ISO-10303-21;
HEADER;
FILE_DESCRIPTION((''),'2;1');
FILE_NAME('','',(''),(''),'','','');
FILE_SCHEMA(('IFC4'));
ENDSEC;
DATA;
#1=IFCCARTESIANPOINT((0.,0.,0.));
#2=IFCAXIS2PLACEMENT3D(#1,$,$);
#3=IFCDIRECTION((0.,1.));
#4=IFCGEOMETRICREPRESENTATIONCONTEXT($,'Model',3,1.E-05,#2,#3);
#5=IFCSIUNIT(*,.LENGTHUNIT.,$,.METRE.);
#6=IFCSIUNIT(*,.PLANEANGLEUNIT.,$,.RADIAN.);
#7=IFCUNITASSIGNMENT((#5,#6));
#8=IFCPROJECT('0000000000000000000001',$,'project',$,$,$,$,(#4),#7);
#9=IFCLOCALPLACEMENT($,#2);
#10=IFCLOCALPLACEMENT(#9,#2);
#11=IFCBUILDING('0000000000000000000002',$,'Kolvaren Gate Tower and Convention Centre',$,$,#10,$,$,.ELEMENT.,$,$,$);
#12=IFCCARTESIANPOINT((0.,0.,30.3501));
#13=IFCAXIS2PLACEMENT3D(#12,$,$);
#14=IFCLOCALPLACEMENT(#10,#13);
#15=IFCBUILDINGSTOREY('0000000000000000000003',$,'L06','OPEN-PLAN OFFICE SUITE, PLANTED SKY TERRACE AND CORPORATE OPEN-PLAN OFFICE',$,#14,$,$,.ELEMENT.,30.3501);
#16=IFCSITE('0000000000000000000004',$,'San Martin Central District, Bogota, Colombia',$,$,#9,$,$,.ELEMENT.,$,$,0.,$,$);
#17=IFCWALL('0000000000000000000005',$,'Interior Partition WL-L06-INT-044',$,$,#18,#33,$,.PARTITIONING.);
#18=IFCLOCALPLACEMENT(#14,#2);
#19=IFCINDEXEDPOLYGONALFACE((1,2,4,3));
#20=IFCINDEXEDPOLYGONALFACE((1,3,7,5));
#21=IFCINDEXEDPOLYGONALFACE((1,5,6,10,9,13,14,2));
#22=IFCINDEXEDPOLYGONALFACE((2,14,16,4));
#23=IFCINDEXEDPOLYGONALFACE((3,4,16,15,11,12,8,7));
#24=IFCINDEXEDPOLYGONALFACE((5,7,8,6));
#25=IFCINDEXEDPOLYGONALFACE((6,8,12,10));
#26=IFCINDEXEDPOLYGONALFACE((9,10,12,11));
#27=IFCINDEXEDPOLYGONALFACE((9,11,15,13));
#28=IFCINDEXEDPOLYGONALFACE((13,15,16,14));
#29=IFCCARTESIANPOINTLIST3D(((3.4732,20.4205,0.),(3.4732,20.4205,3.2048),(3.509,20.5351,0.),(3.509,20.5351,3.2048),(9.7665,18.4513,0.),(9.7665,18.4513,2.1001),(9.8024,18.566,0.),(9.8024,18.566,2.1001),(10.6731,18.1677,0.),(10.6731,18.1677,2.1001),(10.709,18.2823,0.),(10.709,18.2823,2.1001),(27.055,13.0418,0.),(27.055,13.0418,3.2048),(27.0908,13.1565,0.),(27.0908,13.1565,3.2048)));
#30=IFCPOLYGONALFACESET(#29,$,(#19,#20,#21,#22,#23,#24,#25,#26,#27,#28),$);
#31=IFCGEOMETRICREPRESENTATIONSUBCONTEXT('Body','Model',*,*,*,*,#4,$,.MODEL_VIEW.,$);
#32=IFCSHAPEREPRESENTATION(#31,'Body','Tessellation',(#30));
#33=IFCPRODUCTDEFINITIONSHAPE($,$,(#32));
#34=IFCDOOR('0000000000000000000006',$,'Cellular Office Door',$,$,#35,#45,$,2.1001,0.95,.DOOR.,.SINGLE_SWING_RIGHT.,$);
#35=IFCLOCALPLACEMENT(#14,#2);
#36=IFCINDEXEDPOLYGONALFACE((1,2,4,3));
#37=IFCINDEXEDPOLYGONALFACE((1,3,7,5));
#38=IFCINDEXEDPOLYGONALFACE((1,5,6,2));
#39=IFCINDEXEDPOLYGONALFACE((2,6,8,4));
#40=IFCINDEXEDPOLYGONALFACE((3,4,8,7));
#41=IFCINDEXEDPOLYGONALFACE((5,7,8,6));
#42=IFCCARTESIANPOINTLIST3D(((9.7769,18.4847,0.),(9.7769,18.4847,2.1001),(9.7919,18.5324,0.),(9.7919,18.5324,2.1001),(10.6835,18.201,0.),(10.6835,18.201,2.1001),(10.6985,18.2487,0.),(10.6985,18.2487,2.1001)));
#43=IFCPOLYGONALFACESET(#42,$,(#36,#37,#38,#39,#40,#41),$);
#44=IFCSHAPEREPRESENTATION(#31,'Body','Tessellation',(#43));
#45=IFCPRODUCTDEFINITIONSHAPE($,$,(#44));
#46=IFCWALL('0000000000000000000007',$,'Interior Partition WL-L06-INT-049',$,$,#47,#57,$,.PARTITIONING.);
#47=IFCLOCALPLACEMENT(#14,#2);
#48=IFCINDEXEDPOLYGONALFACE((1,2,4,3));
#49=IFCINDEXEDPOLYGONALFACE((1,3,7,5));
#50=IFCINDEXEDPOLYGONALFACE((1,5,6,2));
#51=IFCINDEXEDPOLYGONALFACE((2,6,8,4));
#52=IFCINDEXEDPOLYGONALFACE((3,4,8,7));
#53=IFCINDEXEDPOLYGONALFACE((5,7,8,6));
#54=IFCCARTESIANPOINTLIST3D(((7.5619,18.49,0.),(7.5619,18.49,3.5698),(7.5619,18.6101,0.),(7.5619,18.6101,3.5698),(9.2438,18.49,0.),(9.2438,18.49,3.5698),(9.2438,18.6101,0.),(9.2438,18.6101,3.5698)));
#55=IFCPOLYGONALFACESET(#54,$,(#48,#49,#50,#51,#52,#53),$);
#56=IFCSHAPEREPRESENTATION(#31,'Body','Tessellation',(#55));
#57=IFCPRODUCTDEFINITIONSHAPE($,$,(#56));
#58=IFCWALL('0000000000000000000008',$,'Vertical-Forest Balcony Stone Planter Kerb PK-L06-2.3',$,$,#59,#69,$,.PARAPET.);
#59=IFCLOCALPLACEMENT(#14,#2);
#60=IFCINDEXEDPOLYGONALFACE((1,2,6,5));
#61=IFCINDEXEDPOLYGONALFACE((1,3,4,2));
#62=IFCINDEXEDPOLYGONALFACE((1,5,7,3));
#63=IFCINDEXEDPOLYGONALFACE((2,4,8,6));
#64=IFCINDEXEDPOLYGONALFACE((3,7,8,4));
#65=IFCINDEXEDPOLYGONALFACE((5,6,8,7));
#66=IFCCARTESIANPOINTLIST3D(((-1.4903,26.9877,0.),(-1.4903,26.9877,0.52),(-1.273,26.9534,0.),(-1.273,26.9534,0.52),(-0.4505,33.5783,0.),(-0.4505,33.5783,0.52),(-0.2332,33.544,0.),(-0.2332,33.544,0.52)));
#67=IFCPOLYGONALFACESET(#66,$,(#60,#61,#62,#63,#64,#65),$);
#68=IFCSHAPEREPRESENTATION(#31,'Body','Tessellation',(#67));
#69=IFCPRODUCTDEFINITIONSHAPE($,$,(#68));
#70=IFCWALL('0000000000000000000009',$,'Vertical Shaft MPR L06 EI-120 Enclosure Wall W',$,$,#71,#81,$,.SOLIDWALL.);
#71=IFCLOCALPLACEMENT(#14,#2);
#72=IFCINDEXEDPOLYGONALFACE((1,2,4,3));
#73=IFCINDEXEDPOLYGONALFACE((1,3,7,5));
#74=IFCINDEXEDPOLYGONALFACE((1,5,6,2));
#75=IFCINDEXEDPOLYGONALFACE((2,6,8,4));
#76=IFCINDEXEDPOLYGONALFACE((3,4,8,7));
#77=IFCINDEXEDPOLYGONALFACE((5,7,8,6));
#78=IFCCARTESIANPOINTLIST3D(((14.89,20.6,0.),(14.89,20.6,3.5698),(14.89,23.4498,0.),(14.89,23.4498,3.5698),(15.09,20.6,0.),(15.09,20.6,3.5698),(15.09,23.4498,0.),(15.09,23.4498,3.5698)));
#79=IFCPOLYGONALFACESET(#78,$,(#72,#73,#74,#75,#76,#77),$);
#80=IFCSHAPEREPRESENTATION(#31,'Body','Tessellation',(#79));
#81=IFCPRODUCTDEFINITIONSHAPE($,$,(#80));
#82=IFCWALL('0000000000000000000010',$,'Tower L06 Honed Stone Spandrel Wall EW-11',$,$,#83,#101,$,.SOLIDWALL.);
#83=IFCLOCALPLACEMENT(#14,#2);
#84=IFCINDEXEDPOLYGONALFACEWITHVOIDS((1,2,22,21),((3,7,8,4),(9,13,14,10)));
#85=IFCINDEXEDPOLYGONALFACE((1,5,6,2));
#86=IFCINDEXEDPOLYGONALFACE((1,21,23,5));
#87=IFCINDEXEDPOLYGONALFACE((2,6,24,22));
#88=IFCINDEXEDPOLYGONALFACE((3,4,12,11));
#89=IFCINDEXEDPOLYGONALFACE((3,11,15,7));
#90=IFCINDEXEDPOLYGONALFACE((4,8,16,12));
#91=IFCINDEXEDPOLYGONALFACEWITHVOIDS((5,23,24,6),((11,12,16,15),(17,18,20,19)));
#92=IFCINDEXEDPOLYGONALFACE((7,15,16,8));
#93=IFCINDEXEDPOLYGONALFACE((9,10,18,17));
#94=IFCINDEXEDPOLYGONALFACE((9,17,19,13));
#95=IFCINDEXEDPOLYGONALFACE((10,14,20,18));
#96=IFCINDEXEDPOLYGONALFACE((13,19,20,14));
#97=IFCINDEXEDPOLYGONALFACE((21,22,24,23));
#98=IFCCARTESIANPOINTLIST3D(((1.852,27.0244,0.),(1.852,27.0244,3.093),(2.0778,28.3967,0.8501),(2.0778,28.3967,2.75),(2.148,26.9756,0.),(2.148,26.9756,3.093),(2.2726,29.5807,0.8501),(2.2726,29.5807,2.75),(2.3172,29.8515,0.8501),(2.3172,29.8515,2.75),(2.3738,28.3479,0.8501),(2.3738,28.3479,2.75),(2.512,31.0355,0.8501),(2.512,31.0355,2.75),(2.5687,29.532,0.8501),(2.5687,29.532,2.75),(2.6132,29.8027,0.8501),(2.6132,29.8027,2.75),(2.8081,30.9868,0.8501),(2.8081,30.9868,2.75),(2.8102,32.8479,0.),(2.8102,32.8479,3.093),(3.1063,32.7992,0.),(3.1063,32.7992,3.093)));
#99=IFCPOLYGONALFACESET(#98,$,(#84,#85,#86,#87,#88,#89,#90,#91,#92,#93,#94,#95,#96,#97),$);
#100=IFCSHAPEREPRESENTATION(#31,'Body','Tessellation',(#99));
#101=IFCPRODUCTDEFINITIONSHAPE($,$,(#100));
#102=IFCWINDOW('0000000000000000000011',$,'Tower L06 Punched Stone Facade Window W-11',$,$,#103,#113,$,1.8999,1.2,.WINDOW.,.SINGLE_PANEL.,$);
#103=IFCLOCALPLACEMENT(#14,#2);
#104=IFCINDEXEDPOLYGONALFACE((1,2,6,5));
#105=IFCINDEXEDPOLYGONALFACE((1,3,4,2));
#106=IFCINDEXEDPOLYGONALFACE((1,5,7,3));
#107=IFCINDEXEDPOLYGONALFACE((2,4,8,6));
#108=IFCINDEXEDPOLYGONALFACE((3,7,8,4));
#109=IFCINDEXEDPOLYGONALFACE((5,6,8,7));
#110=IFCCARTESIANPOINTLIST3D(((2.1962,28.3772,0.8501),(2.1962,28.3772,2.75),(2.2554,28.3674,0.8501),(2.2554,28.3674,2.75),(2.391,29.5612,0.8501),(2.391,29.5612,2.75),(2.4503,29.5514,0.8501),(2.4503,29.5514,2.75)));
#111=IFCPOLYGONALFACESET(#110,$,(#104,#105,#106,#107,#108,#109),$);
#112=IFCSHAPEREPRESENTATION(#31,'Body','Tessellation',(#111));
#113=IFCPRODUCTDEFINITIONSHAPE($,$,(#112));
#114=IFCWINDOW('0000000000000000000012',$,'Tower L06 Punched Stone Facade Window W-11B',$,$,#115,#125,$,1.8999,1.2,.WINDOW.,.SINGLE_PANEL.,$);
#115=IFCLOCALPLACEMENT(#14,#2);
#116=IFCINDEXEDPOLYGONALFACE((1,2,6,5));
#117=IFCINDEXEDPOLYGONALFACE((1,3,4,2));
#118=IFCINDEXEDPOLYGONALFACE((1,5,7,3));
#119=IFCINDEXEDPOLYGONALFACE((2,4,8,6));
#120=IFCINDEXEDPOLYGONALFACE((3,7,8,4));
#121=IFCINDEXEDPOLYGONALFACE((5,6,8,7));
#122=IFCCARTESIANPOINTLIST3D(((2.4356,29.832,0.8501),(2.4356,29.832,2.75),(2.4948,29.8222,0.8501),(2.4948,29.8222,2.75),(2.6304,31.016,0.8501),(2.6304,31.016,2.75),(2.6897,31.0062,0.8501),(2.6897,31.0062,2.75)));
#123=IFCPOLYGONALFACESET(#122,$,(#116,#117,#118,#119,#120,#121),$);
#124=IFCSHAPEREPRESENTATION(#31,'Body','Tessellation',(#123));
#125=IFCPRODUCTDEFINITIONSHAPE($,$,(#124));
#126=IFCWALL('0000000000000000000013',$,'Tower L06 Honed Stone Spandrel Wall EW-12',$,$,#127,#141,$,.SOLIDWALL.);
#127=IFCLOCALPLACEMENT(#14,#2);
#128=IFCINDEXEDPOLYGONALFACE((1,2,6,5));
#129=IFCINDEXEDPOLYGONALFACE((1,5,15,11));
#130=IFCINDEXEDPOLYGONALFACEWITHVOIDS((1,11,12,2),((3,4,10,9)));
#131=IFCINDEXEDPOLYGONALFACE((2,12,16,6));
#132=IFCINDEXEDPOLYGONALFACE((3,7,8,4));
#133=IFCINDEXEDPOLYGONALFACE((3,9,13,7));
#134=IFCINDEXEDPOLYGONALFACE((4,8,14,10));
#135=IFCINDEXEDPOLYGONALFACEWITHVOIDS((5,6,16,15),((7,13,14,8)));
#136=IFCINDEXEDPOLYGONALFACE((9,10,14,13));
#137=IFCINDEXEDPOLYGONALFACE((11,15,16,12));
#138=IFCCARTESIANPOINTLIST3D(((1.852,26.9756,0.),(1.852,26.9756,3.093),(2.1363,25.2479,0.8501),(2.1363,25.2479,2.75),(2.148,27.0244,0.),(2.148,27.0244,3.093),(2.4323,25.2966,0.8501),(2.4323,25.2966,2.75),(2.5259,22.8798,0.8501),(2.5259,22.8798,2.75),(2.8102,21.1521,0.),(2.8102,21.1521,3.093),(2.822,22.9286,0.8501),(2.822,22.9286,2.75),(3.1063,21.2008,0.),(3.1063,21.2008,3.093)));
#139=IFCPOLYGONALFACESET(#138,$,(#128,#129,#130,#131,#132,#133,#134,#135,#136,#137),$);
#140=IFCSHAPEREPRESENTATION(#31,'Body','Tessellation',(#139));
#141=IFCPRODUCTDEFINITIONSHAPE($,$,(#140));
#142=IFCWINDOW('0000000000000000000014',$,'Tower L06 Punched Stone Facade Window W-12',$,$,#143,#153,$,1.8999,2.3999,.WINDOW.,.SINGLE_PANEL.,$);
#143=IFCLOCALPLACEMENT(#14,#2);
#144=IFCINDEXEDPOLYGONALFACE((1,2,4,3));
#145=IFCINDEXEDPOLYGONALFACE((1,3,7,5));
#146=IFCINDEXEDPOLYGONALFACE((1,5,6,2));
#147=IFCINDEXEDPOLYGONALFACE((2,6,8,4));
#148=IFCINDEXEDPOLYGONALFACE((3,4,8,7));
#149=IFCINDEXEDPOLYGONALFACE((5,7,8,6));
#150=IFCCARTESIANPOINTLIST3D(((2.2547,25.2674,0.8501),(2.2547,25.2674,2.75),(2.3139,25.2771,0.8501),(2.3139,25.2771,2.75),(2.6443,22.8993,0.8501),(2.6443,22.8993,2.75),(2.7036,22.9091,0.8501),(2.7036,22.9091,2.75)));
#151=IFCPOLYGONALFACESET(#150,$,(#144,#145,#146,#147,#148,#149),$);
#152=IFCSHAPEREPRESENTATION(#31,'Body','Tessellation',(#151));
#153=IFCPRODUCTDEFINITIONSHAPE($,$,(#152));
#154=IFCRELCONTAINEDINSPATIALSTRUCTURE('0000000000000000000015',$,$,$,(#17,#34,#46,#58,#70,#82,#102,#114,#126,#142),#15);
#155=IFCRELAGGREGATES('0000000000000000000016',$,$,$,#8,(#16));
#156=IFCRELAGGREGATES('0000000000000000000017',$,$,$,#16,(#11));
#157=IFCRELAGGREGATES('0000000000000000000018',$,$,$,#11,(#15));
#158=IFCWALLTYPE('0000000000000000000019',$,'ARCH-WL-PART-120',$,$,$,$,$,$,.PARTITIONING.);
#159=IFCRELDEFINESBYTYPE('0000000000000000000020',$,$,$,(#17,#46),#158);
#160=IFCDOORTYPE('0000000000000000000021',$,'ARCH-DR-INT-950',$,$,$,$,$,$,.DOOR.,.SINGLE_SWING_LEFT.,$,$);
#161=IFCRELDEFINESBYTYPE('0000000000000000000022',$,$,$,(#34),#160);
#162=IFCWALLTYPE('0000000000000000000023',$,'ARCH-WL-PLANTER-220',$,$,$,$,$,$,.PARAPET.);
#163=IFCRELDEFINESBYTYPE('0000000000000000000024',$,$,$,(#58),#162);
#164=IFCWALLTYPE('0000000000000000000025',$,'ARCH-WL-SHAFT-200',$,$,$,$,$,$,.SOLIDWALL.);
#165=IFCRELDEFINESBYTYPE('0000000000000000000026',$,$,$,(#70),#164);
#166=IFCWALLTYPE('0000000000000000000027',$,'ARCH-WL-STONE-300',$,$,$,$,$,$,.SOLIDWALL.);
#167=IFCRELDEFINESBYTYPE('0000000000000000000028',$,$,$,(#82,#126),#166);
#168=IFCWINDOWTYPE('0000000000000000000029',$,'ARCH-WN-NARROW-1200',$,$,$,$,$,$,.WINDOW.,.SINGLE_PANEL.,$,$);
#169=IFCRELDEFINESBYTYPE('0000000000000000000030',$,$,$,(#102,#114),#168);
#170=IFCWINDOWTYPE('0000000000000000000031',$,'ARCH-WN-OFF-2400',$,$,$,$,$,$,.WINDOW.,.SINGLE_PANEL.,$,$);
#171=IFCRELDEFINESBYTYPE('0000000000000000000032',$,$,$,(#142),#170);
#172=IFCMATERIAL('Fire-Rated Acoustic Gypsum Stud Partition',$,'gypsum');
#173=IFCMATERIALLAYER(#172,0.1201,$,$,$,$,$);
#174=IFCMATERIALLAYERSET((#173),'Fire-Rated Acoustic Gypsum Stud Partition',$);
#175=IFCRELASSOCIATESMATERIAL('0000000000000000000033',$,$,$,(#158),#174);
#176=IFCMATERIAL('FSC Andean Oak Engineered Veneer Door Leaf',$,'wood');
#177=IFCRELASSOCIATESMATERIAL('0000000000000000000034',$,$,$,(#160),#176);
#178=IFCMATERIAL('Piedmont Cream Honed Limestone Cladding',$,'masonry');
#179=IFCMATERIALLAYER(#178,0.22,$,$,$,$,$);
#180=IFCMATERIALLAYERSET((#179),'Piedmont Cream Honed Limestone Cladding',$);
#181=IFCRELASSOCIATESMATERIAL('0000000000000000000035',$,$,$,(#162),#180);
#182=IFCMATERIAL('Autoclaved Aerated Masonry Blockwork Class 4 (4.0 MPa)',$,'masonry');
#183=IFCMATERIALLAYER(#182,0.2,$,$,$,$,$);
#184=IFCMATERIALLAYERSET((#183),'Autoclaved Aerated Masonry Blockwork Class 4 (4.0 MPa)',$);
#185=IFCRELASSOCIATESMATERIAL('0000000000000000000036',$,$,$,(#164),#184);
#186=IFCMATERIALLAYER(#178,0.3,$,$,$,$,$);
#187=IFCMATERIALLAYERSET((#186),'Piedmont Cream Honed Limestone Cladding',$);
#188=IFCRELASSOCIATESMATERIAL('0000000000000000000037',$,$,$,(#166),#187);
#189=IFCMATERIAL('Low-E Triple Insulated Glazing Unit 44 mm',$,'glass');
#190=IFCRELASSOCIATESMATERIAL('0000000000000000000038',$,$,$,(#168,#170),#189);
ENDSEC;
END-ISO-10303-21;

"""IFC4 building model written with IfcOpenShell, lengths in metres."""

from ifc_helpers import new_model, si_unit, direction, frame, frame_2d, origin, place, context, subcontext, project, spatial, rectangle, extrude, material, layer, layer_set, type_object, element, fill, save


model = new_model("IFC4")

# Units and contexts
model_context = context("Model", 3, precision=1e-05, world=origin(), true_north=direction((0.0, 1.0)))
body_context = subcontext(model_context, "Body", "Model", "MODEL_VIEW")
ifc_project = project(units=[si_unit("LENGTHUNIT", "METRE"), si_unit("PLANEANGLEUNIT", "RADIAN")], contexts=[model_context])

# Site, building, storey
site_placement = place(None, origin())
site = spatial("IfcSite", under=ifc_project, at=site_placement, Name="San Martin Central District, Bogota, Colombia", CompositionType="ELEMENT", RefElevation=0.0)
building_placement = place(site_placement, origin())
building = spatial("IfcBuilding", under=site, at=building_placement, Name="Kolvaren Gate Tower and Convention Centre", CompositionType="ELEMENT")
storey_placement = place(building_placement, frame((0.0, 0.0, 30.3501)))
storey = spatial("IfcBuildingStorey", under=building, at=storey_placement, Name="L06", Description="OPEN-PLAN OFFICE SUITE, PLANTED SKY TERRACE AND CORPORATE OPEN-PLAN OFFICE", CompositionType="ELEMENT", Elevation=30.3501)

# Shared definitions
ifc_material_1 = material(Name="Autoclaved Aerated Masonry Blockwork Class 4 (4.0 MPa)", Category="masonry")

# Wall, opening, door
ifc_material_2 = material(Name="Fire-Rated Acoustic Gypsum Stud Partition", Category="gypsum")
ifc_layer_1 = layer(ifc_material_2, 0.1201)
ifc_layer_set_1 = layer_set([ifc_layer_1], Name="Fire-Rated Acoustic Gypsum Stud Partition")
wall_type_1 = type_object("IfcWallType", Name="ARCH-WL-PART-120", PredefinedType="PARTITIONING", material=ifc_layer_set_1)
wall_1_placement = place(storey_placement, frame((3.4912, 20.4778, 0.0), z_axis=(0.0, 0.0, 1.0), x_axis=(0.954372, -0.29862, 0.0)))
wall_1 = element("IfcWall", 1, at=wall_1_placement, inside=storey, type_object=wall_type_1, Name="Interior Partition WL-L06-INT-044", PredefinedType="PARTITIONING", context=body_context, shape_type="SweptSolid", body=[
    extrude(rectangle(XDim=24.7092, YDim=0.1201, at=frame_2d((12.3545, 0.0))), origin(), (0.0, 0.0, 1.0), 3.2048),
])
opening_1_placement = place(wall_1_placement, frame((6.594, 0.0, 0.0)))
opening_1 = element("IfcOpeningElement", 2, at=opening_1_placement, cuts=wall_1, PredefinedType="OPENING", context=body_context, shape_type="SweptSolid", body=[
    extrude(rectangle(XDim=0.95, YDim=2.1001, at=frame_2d((0.4751, 1.05))), frame((0.0, 0.0701, 0.0), z_axis=(0.0, -1.0, 0.0), x_axis=(1.0, 0.0, 0.0)), (0.0, 0.0, 1.0), 0.1401),
])
ifc_material_3 = material(Name="FSC Andean Oak Engineered Veneer Door Leaf", Category="wood")
door_type_1 = type_object("IfcDoorType", Name="ARCH-DR-INT-950", OperationType="SINGLE_SWING_LEFT", PredefinedType="DOOR", material=ifc_material_3)
door_1_placement = place(opening_1_placement, origin())
door_1 = element("IfcDoor", 3, at=door_1_placement, inside=storey, type_object=door_type_1, Name="Cellular Office Door", OperationType="SINGLE_SWING_RIGHT", OverallHeight=2.1001, OverallWidth=0.95, PredefinedType="DOOR", context=body_context, shape_type="SweptSolid", body=[
    extrude(rectangle(XDim=0.95, YDim=2.1001, at=frame_2d((0.4751, 1.05))), frame((0.0, 0.0249, 0.0), z_axis=(0.0, -1.0, 0.0), x_axis=(1.0, 0.0, 0.0)), (0.0, 0.0, 1.0), 0.05),
])
fill(opening_1, door_1)

# Walls
wall_2_placement = place(storey_placement, frame((7.562, 18.55, 0.0), z_axis=(0.0, 0.0, 1.0), x_axis=(1.0, 0.0, 0.0)))
element("IfcWall", 4, at=wall_2_placement, inside=storey, type_object=wall_type_1, Name="Interior Partition WL-L06-INT-049", PredefinedType="PARTITIONING", context=body_context, shape_type="SweptSolid", body=[
    extrude(rectangle(XDim=1.6819, YDim=0.1201, at=frame_2d((0.8408, 0.0))), origin(), (0.0, 0.0, 1.0), 3.5698),
])
ifc_material_4 = material(Name="Piedmont Cream Honed Limestone Cladding", Category="masonry")
ifc_layer_2 = layer(ifc_material_4, 0.22)
ifc_layer_set_2 = layer_set([ifc_layer_2], Name="Piedmont Cream Honed Limestone Cladding")
wall_type_2 = type_object("IfcWallType", Name="ARCH-WL-PLANTER-220", PredefinedType="PARAPET", material=ifc_layer_set_2)
wall_3_placement = place(storey_placement, frame((-1.3816, 26.9707, 0.0), z_axis=(0.0, 0.0, 1.0), x_axis=(0.155842, 0.987782, 0.0)))
element("IfcWall", 5, at=wall_3_placement, inside=storey, type_object=wall_type_2, Name="Vertical-Forest Balcony Stone Planter Kerb PK-L06-2.3", PredefinedType="PARAPET", context=body_context, shape_type="SweptSolid", body=[
    extrude(rectangle(XDim=6.6721, YDim=0.22, at=frame_2d((3.3359, 0.0))), origin(), (0.0, 0.0, 1.0), 0.52),
])
ifc_layer_3 = layer(ifc_material_1, 0.2)
ifc_layer_set_3 = layer_set([ifc_layer_3], Name="Autoclaved Aerated Masonry Blockwork Class 4 (4.0 MPa)")
wall_type_3 = type_object("IfcWallType", Name="ARCH-WL-SHAFT-200", PredefinedType="SOLIDWALL", material=ifc_layer_set_3)
wall_4_placement = place(storey_placement, frame((14.99, 20.6001, 0.0), z_axis=(0.0, 0.0, 1.0), x_axis=(0.0, 1.0, 0.0)))
element("IfcWall", 6, at=wall_4_placement, inside=storey, type_object=wall_type_3, Name="Vertical Shaft MPR L06 EI-120 Enclosure Wall W", PredefinedType="SOLIDWALL", context=body_context, shape_type="SweptSolid", body=[
    extrude(rectangle(XDim=2.8499, YDim=0.2, at=frame_2d((1.4248, 0.0))), origin(), (0.0, 0.0, 1.0), 3.5698),
])

# Wall, openings, windows
ifc_layer_4 = layer(ifc_material_4, 0.3)
ifc_layer_set_4 = layer_set([ifc_layer_4], Name="Piedmont Cream Honed Limestone Cladding")
wall_type_4 = type_object("IfcWallType", Name="ARCH-WL-STONE-300", PredefinedType="SOLIDWALL", material=ifc_layer_set_4)
wall_5_placement = place(storey_placement, frame((2.0, 27.0, 0.0), z_axis=(0.0, 0.0, 1.0), x_axis=(0.162366, 0.986731, 0.0)))
wall_5 = element("IfcWall", 7, at=wall_5_placement, inside=storey, type_object=wall_type_4, Name="Tower L06 Honed Stone Spandrel Wall EW-11", PredefinedType="SOLIDWALL", context=body_context, shape_type="SweptSolid", body=[
    extrude(rectangle(XDim=5.9019, YDim=0.3, at=frame_2d((2.9509, 0.0))), origin(), (0.0, 0.0, 1.0), 3.093),
])
opening_2_placement = place(wall_5_placement, frame((1.3906, 0.0, 0.8501)))
opening_2 = element("IfcOpeningElement", 8, at=opening_2_placement, cuts=wall_5, PredefinedType="OPENING", context=body_context, shape_type="SweptSolid", body=[
    extrude(rectangle(XDim=1.2, YDim=1.8999, at=frame_2d((0.6001, 0.95))), frame((0.0, 0.1599, 0.0), z_axis=(0.0, -1.0, 0.0), x_axis=(1.0, 0.0, 0.0)), (0.0, 0.0, 1.0), 0.3201),
])
opening_3_placement = place(wall_5_placement, frame((2.865, 0.0, 0.8501)))
opening_3 = element("IfcOpeningElement", 9, at=opening_3_placement, cuts=wall_5, PredefinedType="OPENING", context=body_context, shape_type="SweptSolid", body=[
    extrude(rectangle(XDim=1.2, YDim=1.8999, at=frame_2d((0.6001, 0.95))), frame((0.0, 0.1599, 0.0), z_axis=(0.0, -1.0, 0.0), x_axis=(1.0, 0.0, 0.0)), (0.0, 0.0, 1.0), 0.3201),
])
ifc_material_5 = material(Name="Low-E Triple Insulated Glazing Unit 44 mm", Category="glass")
window_type_1 = type_object("IfcWindowType", Name="ARCH-WN-NARROW-1200", PartitioningType="SINGLE_PANEL", PredefinedType="WINDOW", material=ifc_material_5)
window_1_placement = place(opening_2_placement, origin())
window_1 = element("IfcWindow", 10, at=window_1_placement, inside=storey, type_object=window_type_1, Name="Tower L06 Punched Stone Facade Window W-11", OverallHeight=1.8999, OverallWidth=1.2, PartitioningType="SINGLE_PANEL", PredefinedType="WINDOW", context=body_context, shape_type="SweptSolid", body=[
    extrude(rectangle(XDim=1.2, YDim=1.8999, at=frame_2d((0.6001, 0.95))), frame((0.0, 0.03, 0.0), z_axis=(0.0, -1.0, 0.0), x_axis=(1.0, 0.0, 0.0)), (0.0, 0.0, 1.0), 0.0601),
])
fill(opening_2, window_1)
window_2_placement = place(opening_3_placement, origin())
window_2 = element("IfcWindow", 11, at=window_2_placement, inside=storey, type_object=window_type_1, Name="Tower L06 Punched Stone Facade Window W-11B", OverallHeight=1.8999, OverallWidth=1.2, PartitioningType="SINGLE_PANEL", PredefinedType="WINDOW", context=body_context, shape_type="SweptSolid", body=[
    extrude(rectangle(XDim=1.2, YDim=1.8999, at=frame_2d((0.6001, 0.95))), frame((0.0, 0.03, 0.0), z_axis=(0.0, -1.0, 0.0), x_axis=(1.0, 0.0, 0.0)), (0.0, 0.0, 1.0), 0.0601),
])
fill(opening_3, window_2)

# Wall, opening, window
wall_6_placement = place(storey_placement, frame((2.0, 27.0, 0.0), z_axis=(0.0, 0.0, 1.0), x_axis=(0.162366, -0.986731, 0.0)))
wall_6 = element("IfcWall", 12, at=wall_6_placement, inside=storey, type_object=wall_type_4, Name="Tower L06 Honed Stone Spandrel Wall EW-12", PredefinedType="SOLIDWALL", context=body_context, shape_type="SweptSolid", body=[
    extrude(rectangle(XDim=5.9019, YDim=0.3, at=frame_2d((2.9509, 0.0))), origin(), (0.0, 0.0, 1.0), 3.093),
])
opening_4_placement = place(wall_6_placement, frame((1.751, 0.0, 0.8501)))
opening_4 = element("IfcOpeningElement", 13, at=opening_4_placement, cuts=wall_6, PredefinedType="OPENING", context=body_context, shape_type="SweptSolid", body=[
    extrude(rectangle(XDim=2.3999, YDim=1.8999, at=frame_2d((1.2, 0.95))), frame((0.0, 0.1599, 0.0), z_axis=(0.0, -1.0, 0.0), x_axis=(1.0, 0.0, 0.0)), (0.0, 0.0, 1.0), 0.3201),
])
window_type_2 = type_object("IfcWindowType", Name="ARCH-WN-OFF-2400", PartitioningType="SINGLE_PANEL", PredefinedType="WINDOW", material=ifc_material_5)
window_3_placement = place(opening_4_placement, origin())
window_3 = element("IfcWindow", 14, at=window_3_placement, inside=storey, type_object=window_type_2, Name="Tower L06 Punched Stone Facade Window W-12", OverallHeight=1.8999, OverallWidth=2.3999, PartitioningType="SINGLE_PANEL", PredefinedType="WINDOW", context=body_context, shape_type="SweptSolid", body=[
    extrude(rectangle(XDim=2.3999, YDim=1.8999, at=frame_2d((1.2, 0.95))), frame((0.0, 0.03, 0.0), z_axis=(0.0, -1.0, 0.0), x_axis=(1.0, 0.0, 0.0)), (0.0, 0.0, 1.0), 0.0601),
])
fill(opening_4, window_3)

save(model, "model.ifc")
